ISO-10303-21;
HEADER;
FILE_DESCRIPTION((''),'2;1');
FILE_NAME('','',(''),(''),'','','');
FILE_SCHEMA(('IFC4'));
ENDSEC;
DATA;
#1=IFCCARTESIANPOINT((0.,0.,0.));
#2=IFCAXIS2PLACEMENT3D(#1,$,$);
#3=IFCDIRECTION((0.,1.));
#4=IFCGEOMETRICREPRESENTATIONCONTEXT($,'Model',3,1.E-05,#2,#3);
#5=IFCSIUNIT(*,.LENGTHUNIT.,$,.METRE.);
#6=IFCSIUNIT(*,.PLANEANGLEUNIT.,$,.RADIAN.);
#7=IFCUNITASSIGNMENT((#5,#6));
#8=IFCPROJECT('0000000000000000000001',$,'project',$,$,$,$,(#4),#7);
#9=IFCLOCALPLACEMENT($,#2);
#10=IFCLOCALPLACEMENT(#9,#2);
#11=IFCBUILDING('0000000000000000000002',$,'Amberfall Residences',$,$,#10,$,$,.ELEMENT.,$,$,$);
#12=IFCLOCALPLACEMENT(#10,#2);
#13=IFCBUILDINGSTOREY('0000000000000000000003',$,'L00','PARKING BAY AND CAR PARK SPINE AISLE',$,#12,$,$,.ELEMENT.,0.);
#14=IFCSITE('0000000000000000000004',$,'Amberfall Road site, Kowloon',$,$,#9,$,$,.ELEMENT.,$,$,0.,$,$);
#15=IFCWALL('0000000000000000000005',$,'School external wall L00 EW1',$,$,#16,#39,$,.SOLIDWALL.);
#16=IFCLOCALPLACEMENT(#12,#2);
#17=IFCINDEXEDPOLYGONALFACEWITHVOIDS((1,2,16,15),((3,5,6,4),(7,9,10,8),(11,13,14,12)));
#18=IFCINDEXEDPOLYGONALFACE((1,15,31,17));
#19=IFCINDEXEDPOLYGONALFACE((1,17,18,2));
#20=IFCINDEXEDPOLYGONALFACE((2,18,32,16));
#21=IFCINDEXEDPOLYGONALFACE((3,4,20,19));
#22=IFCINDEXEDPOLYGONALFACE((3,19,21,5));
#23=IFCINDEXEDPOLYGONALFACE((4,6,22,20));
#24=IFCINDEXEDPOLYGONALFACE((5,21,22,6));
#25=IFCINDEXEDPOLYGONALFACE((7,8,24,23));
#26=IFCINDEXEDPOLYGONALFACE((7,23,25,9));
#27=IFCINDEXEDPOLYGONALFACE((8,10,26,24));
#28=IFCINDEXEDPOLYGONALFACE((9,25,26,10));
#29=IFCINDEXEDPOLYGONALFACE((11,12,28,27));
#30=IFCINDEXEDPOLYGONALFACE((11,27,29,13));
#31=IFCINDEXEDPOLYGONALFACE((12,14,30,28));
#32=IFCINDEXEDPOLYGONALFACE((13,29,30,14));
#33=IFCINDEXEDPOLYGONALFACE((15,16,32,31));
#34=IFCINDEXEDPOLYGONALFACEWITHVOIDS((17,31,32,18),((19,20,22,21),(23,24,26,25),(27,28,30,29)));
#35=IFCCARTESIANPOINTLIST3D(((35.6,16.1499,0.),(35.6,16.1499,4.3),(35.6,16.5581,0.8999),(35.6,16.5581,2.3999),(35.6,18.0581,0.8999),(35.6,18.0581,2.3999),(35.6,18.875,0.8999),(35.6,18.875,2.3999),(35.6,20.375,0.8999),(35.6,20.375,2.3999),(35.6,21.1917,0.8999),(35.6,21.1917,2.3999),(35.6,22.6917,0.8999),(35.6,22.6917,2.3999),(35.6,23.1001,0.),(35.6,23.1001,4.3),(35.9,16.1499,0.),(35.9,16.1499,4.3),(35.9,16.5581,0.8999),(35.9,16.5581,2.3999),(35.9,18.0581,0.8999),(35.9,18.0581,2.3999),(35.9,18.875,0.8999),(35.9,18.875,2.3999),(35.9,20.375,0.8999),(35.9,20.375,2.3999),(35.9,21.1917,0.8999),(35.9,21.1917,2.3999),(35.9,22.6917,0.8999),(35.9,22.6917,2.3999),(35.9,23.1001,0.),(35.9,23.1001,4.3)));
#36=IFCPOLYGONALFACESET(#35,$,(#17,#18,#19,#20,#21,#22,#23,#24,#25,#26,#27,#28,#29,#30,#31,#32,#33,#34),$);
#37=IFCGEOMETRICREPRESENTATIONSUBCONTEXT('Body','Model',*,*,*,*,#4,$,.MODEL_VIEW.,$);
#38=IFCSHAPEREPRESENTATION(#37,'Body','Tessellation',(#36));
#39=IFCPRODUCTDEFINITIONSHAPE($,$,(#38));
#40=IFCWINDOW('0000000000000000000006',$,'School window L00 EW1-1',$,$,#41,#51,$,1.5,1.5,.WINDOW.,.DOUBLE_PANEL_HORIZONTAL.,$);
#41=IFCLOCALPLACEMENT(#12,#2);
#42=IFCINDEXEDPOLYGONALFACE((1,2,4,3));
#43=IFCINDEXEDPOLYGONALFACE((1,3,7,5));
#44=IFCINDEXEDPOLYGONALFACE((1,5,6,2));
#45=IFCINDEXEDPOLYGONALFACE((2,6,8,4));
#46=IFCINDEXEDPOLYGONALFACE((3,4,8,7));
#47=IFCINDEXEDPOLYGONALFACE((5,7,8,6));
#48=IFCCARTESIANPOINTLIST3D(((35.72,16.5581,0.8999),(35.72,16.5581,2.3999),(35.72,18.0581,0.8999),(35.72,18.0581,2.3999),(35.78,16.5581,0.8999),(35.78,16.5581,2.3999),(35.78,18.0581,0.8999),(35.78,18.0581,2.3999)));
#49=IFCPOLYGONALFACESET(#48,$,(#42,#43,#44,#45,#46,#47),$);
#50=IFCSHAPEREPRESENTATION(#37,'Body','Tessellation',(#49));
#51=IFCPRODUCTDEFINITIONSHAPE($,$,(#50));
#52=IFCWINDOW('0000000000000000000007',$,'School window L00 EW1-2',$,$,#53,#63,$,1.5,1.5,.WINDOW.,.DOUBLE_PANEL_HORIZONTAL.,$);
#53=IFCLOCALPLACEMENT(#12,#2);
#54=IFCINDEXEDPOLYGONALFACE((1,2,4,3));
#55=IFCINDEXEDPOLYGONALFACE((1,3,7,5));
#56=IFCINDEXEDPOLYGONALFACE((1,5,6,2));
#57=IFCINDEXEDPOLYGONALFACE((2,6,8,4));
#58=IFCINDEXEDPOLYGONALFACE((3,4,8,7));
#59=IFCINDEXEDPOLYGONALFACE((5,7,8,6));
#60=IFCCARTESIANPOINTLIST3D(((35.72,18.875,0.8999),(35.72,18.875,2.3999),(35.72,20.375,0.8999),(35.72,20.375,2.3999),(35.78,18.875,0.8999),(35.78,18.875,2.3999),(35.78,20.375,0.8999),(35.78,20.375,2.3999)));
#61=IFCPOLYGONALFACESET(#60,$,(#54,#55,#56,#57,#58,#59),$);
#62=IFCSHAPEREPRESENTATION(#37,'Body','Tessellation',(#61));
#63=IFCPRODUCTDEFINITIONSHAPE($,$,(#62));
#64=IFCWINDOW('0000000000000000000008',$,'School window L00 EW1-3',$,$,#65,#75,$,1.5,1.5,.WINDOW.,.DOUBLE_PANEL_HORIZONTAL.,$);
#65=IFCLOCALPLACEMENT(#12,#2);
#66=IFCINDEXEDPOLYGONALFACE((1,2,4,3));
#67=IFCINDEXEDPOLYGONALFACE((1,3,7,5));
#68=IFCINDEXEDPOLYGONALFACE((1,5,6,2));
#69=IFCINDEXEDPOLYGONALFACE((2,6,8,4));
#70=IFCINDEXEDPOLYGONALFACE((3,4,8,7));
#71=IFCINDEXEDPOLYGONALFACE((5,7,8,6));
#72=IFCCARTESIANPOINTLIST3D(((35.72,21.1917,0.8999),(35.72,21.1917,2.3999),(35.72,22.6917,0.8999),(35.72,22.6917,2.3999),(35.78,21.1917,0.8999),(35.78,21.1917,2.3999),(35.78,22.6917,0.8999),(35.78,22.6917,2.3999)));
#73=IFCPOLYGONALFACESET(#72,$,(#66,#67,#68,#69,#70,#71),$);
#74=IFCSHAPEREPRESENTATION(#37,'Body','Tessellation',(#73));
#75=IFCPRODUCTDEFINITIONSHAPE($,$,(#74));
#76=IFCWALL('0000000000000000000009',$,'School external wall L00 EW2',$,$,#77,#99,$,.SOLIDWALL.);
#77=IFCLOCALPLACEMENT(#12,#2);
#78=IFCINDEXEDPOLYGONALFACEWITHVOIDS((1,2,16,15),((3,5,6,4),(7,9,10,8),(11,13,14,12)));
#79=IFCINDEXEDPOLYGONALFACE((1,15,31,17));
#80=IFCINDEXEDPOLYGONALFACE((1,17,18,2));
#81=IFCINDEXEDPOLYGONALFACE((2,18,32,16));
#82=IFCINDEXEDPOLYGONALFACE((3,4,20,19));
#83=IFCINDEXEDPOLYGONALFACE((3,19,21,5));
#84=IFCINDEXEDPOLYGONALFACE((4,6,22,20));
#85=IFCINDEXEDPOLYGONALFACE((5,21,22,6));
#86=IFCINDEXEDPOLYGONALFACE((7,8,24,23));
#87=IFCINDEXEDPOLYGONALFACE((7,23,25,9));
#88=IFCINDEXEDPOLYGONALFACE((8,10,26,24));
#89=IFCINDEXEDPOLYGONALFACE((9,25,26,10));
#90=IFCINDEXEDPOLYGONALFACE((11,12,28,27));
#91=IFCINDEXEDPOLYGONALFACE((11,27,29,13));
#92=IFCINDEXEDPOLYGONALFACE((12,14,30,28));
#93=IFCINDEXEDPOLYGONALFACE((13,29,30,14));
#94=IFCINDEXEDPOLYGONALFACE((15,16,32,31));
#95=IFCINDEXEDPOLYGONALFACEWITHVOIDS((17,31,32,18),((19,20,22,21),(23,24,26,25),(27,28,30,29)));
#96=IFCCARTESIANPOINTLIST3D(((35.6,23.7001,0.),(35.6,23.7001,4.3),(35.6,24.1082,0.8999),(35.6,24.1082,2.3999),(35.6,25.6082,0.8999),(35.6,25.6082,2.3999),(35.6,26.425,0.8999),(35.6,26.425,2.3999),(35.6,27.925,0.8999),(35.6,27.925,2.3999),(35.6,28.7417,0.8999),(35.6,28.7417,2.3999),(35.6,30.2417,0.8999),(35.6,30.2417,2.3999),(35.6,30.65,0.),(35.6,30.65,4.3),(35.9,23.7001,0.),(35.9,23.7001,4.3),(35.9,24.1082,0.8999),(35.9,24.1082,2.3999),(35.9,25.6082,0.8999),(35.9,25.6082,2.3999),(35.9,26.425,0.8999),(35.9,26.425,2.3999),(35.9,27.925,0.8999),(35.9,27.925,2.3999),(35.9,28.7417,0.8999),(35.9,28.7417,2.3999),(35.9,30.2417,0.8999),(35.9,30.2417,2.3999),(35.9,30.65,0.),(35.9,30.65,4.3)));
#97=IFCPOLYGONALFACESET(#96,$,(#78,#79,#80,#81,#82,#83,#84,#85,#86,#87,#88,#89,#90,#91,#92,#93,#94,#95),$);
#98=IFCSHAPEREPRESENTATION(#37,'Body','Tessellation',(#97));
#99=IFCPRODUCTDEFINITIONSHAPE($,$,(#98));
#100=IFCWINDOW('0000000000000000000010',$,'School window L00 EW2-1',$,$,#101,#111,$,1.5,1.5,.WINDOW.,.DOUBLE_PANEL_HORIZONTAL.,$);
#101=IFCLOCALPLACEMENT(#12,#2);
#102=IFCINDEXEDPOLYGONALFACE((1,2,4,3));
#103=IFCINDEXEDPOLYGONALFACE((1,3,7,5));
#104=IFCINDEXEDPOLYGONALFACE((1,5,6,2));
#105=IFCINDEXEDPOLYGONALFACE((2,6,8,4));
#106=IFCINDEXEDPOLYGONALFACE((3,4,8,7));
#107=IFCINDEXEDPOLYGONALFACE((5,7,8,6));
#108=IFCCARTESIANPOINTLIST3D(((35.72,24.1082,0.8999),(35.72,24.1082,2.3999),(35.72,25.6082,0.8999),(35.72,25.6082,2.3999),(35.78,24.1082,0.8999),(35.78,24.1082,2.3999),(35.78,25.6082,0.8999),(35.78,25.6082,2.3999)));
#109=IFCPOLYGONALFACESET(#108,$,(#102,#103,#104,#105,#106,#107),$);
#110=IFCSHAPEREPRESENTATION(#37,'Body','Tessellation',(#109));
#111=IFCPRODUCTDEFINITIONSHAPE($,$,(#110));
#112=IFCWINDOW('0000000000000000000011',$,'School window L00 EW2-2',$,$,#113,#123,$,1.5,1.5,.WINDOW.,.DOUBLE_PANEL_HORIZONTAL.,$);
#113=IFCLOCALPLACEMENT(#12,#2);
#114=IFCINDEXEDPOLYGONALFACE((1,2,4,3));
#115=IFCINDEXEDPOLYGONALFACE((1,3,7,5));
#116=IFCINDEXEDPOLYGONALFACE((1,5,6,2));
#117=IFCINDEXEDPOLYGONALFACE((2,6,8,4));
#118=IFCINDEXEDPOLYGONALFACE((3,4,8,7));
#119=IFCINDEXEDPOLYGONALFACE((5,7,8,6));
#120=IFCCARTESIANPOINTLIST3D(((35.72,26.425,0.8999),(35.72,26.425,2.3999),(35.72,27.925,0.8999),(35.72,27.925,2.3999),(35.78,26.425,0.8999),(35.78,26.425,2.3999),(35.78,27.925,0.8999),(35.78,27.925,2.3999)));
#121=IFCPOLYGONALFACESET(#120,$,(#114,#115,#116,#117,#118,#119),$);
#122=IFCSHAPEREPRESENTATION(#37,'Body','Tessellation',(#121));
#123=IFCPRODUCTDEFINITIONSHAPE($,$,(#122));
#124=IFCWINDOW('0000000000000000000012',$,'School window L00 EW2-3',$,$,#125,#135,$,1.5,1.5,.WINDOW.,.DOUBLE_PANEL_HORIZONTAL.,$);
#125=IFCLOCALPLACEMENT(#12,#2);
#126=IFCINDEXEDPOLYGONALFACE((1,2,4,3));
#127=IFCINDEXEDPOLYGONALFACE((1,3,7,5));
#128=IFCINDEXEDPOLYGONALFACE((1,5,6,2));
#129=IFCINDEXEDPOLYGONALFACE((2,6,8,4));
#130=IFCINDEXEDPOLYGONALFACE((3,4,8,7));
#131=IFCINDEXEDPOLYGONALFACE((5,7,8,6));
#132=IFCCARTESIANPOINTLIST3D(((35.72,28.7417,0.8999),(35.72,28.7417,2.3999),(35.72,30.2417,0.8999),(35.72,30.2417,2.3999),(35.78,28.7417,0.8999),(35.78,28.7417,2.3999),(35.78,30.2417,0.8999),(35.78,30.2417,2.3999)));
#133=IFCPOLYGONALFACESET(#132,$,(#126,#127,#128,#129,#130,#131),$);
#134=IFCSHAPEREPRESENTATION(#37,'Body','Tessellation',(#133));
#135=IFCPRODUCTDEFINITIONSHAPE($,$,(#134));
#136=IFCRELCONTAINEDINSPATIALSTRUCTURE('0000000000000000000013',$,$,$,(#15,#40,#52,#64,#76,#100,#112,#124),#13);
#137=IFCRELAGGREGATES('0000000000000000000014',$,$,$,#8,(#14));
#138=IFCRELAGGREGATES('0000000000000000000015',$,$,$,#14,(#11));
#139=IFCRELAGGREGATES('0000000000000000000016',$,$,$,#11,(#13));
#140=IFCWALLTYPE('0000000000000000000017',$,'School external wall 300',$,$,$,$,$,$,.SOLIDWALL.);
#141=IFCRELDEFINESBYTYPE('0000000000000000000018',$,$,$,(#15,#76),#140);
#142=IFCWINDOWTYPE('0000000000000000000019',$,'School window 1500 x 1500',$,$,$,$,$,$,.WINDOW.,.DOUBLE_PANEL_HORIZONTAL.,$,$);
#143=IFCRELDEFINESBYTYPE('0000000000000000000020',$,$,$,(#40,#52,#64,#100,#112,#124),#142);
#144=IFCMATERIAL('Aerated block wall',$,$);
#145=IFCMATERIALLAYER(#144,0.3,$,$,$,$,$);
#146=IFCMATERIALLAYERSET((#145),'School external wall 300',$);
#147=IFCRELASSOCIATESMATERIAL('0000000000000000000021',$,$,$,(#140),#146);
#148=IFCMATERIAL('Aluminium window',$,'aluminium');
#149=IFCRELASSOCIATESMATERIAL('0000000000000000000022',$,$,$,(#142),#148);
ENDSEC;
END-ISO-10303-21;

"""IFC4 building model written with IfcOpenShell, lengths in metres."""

from ifc_helpers import new_model, si_unit, direction, frame, frame_2d, origin, place, context, subcontext, project, spatial, rectangle, extrude, material, layer, layer_set, type_object, element, fill, save


model = new_model("IFC4")

# Units and contexts
model_context = context("Model", 3, precision=1e-05, world=origin(), true_north=direction((0.0, 1.0)))
body_context = subcontext(model_context, "Body", "Model", "MODEL_VIEW")
ifc_project = project(units=[si_unit("LENGTHUNIT", "METRE"), si_unit("PLANEANGLEUNIT", "RADIAN")], contexts=[model_context])

# Site, building, storey
site_placement = place(None, origin())
site = spatial("IfcSite", under=ifc_project, at=site_placement, Name="Amberfall Road site, Kowloon", CompositionType="ELEMENT", RefElevation=0.0)
building_placement = place(site_placement, origin())
building = spatial("IfcBuilding", under=site, at=building_placement, Name="Amberfall Residences", CompositionType="ELEMENT")
storey_placement = place(building_placement, origin())
storey = spatial("IfcBuildingStorey", under=building, at=storey_placement, Name="L00", Description="PARKING BAY AND CAR PARK SPINE AISLE", CompositionType="ELEMENT", Elevation=0.0)

# Shared definitions
ifc_material_1 = material(Name="Aerated block wall")
ifc_layer_1 = layer(ifc_material_1, 0.3)
ifc_layer_set_1 = layer_set([ifc_layer_1], Name="School external wall 300")
wall_type_1 = type_object("IfcWallType", Name="School external wall 300", PredefinedType="SOLIDWALL", material=ifc_layer_set_1)
ifc_material_2 = material(Name="Aluminium window", Category="aluminium")

# Walls, openings, windows
wall_1_placement = place(storey_placement, frame((35.75, 16.1499, 0.0), z_axis=(0.0, 0.0, 1.0), x_axis=(0.0, 1.0, 0.0)))
wall_1 = element("IfcWall", 1, at=wall_1_placement, inside=storey, type_object=wall_type_1, Name="School external wall L00 EW1", PredefinedType="SOLIDWALL", context=body_context, shape_type="SweptSolid", body=[
    extrude(rectangle(XDim=6.9502, YDim=0.3, at=frame_2d((3.4751, 0.0))), origin(), (0.0, 0.0, 1.0), 4.3),
])
opening_1_placement = place(wall_1_placement, frame((0.4082, 0.0, 0.8999)))
opening_1 = element("IfcOpeningElement", 2, at=opening_1_placement, cuts=wall_1, PredefinedType="OPENING", context=body_context, shape_type="SweptSolid", body=[
    extrude(rectangle(XDim=1.5, YDim=1.5, at=frame_2d((0.75, 0.75))), frame((0.0, 0.1599, 0.0), z_axis=(0.0, -1.0, 0.0), x_axis=(1.0, 0.0, 0.0)), (0.0, 0.0, 1.0), 0.3201),
])
opening_2_placement = place(wall_1_placement, frame((2.7251, 0.0, 0.8999)))
opening_2 = element("IfcOpeningElement", 3, at=opening_2_placement, cuts=wall_1, PredefinedType="OPENING", context=body_context, shape_type="SweptSolid", body=[
    extrude(rectangle(XDim=1.5, YDim=1.5, at=frame_2d((0.75, 0.75))), frame((0.0, 0.1599, 0.0), z_axis=(0.0, -1.0, 0.0), x_axis=(1.0, 0.0, 0.0)), (0.0, 0.0, 1.0), 0.3201),
])
opening_3_placement = place(wall_1_placement, frame((5.0417, 0.0, 0.8999)))
opening_3 = element("IfcOpeningElement", 4, at=opening_3_placement, cuts=wall_1, PredefinedType="OPENING", context=body_context, shape_type="SweptSolid", body=[
    extrude(rectangle(XDim=1.5, YDim=1.5, at=frame_2d((0.75, 0.75))), frame((0.0, 0.1599, 0.0), z_axis=(0.0, -1.0, 0.0), x_axis=(1.0, 0.0, 0.0)), (0.0, 0.0, 1.0), 0.3201),
])
window_type_1 = type_object("IfcWindowType", Name="School window 1500 x 1500", PartitioningType="DOUBLE_PANEL_HORIZONTAL", PredefinedType="WINDOW", material=ifc_material_2)
window_1_placement = place(opening_1_placement, origin())
window_1 = element("IfcWindow", 5, at=window_1_placement, inside=storey, type_object=window_type_1, Name="School window L00 EW1-1", OverallHeight=1.5, OverallWidth=1.5, PartitioningType="DOUBLE_PANEL_HORIZONTAL", PredefinedType="WINDOW", context=body_context, shape_type="SweptSolid", body=[
    extrude(rectangle(XDim=1.5, YDim=1.5, at=frame_2d((0.75, 0.75))), frame((0.0, 0.03, 0.0), z_axis=(0.0, -1.0, 0.0), x_axis=(1.0, 0.0, 0.0)), (0.0, 0.0, 1.0), 0.0601),
])
fill(opening_1, window_1)
window_2_placement = place(opening_2_placement, origin())
window_2 = element("IfcWindow", 6, at=window_2_placement, inside=storey, type_object=window_type_1, Name="School window L00 EW1-2", OverallHeight=1.5, OverallWidth=1.5, PartitioningType="DOUBLE_PANEL_HORIZONTAL", PredefinedType="WINDOW", context=body_context, shape_type="SweptSolid", body=[
    extrude(rectangle(XDim=1.5, YDim=1.5, at=frame_2d((0.75, 0.75))), frame((0.0, 0.03, 0.0), z_axis=(0.0, -1.0, 0.0), x_axis=(1.0, 0.0, 0.0)), (0.0, 0.0, 1.0), 0.0601),
])
fill(opening_2, window_2)
window_3_placement = place(opening_3_placement, origin())
window_3 = element("IfcWindow", 7, at=window_3_placement, inside=storey, type_object=window_type_1, Name="School window L00 EW1-3", OverallHeight=1.5, OverallWidth=1.5, PartitioningType="DOUBLE_PANEL_HORIZONTAL", PredefinedType="WINDOW", context=body_context, shape_type="SweptSolid", body=[
    extrude(rectangle(XDim=1.5, YDim=1.5, at=frame_2d((0.75, 0.75))), frame((0.0, 0.03, 0.0), z_axis=(0.0, -1.0, 0.0), x_axis=(1.0, 0.0, 0.0)), (0.0, 0.0, 1.0), 0.0601),
])
fill(opening_3, window_3)
wall_2_placement = place(storey_placement, frame((35.75, 23.7, 0.0), z_axis=(0.0, 0.0, 1.0), x_axis=(0.0, 1.0, 0.0)))
wall_2 = element("IfcWall", 8, at=wall_2_placement, inside=storey, type_object=wall_type_1, Name="School external wall L00 EW2", PredefinedType="SOLIDWALL", context=body_context, shape_type="SweptSolid", body=[
    extrude(rectangle(XDim=6.95, YDim=0.3, at=frame_2d((3.4751, 0.0))), origin(), (0.0, 0.0, 1.0), 4.3),
])
opening_4_placement = place(wall_2_placement, frame((0.4082, 0.0, 0.8999)))
opening_4 = element("IfcOpeningElement", 9, at=opening_4_placement, cuts=wall_2, PredefinedType="OPENING", context=body_context, shape_type="SweptSolid", body=[
    extrude(rectangle(XDim=1.5, YDim=1.5, at=frame_2d((0.75, 0.75))), frame((0.0, 0.1599, 0.0), z_axis=(0.0, -1.0, 0.0), x_axis=(1.0, 0.0, 0.0)), (0.0, 0.0, 1.0), 0.3201),
])
opening_5_placement = place(wall_2_placement, frame((2.7251, 0.0, 0.8999)))
opening_5 = element("IfcOpeningElement", 10, at=opening_5_placement, cuts=wall_2, PredefinedType="OPENING", context=body_context, shape_type="SweptSolid", body=[
    extrude(rectangle(XDim=1.5, YDim=1.5, at=frame_2d((0.75, 0.75))), frame((0.0, 0.1599, 0.0), z_axis=(0.0, -1.0, 0.0), x_axis=(1.0, 0.0, 0.0)), (0.0, 0.0, 1.0), 0.3201),
])
opening_6_placement = place(wall_2_placement, frame((5.0417, 0.0, 0.8999)))
opening_6 = element("IfcOpeningElement", 11, at=opening_6_placement, cuts=wall_2, PredefinedType="OPENING", context=body_context, shape_type="SweptSolid", body=[
    extrude(rectangle(XDim=1.5, YDim=1.5, at=frame_2d((0.75, 0.75))), frame((0.0, 0.1599, 0.0), z_axis=(0.0, -1.0, 0.0), x_axis=(1.0, 0.0, 0.0)), (0.0, 0.0, 1.0), 0.3201),
])
window_4_placement = place(opening_4_placement, origin())
window_4 = element("IfcWindow", 12, at=window_4_placement, inside=storey, type_object=window_type_1, Name="School window L00 EW2-1", OverallHeight=1.5, OverallWidth=1.5, PartitioningType="DOUBLE_PANEL_HORIZONTAL", PredefinedType="WINDOW", context=body_context, shape_type="SweptSolid", body=[
    extrude(rectangle(XDim=1.5, YDim=1.5, at=frame_2d((0.75, 0.75))), frame((0.0, 0.03, 0.0), z_axis=(0.0, -1.0, 0.0), x_axis=(1.0, 0.0, 0.0)), (0.0, 0.0, 1.0), 0.0601),
])
fill(opening_4, window_4)
window_5_placement = place(opening_5_placement, origin())
window_5 = element("IfcWindow", 13, at=window_5_placement, inside=storey, type_object=window_type_1, Name="School window L00 EW2-2", OverallHeight=1.5, OverallWidth=1.5, PartitioningType="DOUBLE_PANEL_HORIZONTAL", PredefinedType="WINDOW", context=body_context, shape_type="SweptSolid", body=[
    extrude(rectangle(XDim=1.5, YDim=1.5, at=frame_2d((0.75, 0.75))), frame((0.0, 0.03, 0.0), z_axis=(0.0, -1.0, 0.0), x_axis=(1.0, 0.0, 0.0)), (0.0, 0.0, 1.0), 0.0601),
])
fill(opening_5, window_5)
window_6_placement = place(opening_6_placement, origin())
window_6 = element("IfcWindow", 14, at=window_6_placement, inside=storey, type_object=window_type_1, Name="School window L00 EW2-3", OverallHeight=1.5, OverallWidth=1.5, PartitioningType="DOUBLE_PANEL_HORIZONTAL", PredefinedType="WINDOW", context=body_context, shape_type="SweptSolid", body=[
    extrude(rectangle(XDim=1.5, YDim=1.5, at=frame_2d((0.75, 0.75))), frame((0.0, 0.03, 0.0), z_axis=(0.0, -1.0, 0.0), x_axis=(1.0, 0.0, 0.0)), (0.0, 0.0, 1.0), 0.0601),
])
fill(opening_6, window_6)

save(model, "model.ifc")
